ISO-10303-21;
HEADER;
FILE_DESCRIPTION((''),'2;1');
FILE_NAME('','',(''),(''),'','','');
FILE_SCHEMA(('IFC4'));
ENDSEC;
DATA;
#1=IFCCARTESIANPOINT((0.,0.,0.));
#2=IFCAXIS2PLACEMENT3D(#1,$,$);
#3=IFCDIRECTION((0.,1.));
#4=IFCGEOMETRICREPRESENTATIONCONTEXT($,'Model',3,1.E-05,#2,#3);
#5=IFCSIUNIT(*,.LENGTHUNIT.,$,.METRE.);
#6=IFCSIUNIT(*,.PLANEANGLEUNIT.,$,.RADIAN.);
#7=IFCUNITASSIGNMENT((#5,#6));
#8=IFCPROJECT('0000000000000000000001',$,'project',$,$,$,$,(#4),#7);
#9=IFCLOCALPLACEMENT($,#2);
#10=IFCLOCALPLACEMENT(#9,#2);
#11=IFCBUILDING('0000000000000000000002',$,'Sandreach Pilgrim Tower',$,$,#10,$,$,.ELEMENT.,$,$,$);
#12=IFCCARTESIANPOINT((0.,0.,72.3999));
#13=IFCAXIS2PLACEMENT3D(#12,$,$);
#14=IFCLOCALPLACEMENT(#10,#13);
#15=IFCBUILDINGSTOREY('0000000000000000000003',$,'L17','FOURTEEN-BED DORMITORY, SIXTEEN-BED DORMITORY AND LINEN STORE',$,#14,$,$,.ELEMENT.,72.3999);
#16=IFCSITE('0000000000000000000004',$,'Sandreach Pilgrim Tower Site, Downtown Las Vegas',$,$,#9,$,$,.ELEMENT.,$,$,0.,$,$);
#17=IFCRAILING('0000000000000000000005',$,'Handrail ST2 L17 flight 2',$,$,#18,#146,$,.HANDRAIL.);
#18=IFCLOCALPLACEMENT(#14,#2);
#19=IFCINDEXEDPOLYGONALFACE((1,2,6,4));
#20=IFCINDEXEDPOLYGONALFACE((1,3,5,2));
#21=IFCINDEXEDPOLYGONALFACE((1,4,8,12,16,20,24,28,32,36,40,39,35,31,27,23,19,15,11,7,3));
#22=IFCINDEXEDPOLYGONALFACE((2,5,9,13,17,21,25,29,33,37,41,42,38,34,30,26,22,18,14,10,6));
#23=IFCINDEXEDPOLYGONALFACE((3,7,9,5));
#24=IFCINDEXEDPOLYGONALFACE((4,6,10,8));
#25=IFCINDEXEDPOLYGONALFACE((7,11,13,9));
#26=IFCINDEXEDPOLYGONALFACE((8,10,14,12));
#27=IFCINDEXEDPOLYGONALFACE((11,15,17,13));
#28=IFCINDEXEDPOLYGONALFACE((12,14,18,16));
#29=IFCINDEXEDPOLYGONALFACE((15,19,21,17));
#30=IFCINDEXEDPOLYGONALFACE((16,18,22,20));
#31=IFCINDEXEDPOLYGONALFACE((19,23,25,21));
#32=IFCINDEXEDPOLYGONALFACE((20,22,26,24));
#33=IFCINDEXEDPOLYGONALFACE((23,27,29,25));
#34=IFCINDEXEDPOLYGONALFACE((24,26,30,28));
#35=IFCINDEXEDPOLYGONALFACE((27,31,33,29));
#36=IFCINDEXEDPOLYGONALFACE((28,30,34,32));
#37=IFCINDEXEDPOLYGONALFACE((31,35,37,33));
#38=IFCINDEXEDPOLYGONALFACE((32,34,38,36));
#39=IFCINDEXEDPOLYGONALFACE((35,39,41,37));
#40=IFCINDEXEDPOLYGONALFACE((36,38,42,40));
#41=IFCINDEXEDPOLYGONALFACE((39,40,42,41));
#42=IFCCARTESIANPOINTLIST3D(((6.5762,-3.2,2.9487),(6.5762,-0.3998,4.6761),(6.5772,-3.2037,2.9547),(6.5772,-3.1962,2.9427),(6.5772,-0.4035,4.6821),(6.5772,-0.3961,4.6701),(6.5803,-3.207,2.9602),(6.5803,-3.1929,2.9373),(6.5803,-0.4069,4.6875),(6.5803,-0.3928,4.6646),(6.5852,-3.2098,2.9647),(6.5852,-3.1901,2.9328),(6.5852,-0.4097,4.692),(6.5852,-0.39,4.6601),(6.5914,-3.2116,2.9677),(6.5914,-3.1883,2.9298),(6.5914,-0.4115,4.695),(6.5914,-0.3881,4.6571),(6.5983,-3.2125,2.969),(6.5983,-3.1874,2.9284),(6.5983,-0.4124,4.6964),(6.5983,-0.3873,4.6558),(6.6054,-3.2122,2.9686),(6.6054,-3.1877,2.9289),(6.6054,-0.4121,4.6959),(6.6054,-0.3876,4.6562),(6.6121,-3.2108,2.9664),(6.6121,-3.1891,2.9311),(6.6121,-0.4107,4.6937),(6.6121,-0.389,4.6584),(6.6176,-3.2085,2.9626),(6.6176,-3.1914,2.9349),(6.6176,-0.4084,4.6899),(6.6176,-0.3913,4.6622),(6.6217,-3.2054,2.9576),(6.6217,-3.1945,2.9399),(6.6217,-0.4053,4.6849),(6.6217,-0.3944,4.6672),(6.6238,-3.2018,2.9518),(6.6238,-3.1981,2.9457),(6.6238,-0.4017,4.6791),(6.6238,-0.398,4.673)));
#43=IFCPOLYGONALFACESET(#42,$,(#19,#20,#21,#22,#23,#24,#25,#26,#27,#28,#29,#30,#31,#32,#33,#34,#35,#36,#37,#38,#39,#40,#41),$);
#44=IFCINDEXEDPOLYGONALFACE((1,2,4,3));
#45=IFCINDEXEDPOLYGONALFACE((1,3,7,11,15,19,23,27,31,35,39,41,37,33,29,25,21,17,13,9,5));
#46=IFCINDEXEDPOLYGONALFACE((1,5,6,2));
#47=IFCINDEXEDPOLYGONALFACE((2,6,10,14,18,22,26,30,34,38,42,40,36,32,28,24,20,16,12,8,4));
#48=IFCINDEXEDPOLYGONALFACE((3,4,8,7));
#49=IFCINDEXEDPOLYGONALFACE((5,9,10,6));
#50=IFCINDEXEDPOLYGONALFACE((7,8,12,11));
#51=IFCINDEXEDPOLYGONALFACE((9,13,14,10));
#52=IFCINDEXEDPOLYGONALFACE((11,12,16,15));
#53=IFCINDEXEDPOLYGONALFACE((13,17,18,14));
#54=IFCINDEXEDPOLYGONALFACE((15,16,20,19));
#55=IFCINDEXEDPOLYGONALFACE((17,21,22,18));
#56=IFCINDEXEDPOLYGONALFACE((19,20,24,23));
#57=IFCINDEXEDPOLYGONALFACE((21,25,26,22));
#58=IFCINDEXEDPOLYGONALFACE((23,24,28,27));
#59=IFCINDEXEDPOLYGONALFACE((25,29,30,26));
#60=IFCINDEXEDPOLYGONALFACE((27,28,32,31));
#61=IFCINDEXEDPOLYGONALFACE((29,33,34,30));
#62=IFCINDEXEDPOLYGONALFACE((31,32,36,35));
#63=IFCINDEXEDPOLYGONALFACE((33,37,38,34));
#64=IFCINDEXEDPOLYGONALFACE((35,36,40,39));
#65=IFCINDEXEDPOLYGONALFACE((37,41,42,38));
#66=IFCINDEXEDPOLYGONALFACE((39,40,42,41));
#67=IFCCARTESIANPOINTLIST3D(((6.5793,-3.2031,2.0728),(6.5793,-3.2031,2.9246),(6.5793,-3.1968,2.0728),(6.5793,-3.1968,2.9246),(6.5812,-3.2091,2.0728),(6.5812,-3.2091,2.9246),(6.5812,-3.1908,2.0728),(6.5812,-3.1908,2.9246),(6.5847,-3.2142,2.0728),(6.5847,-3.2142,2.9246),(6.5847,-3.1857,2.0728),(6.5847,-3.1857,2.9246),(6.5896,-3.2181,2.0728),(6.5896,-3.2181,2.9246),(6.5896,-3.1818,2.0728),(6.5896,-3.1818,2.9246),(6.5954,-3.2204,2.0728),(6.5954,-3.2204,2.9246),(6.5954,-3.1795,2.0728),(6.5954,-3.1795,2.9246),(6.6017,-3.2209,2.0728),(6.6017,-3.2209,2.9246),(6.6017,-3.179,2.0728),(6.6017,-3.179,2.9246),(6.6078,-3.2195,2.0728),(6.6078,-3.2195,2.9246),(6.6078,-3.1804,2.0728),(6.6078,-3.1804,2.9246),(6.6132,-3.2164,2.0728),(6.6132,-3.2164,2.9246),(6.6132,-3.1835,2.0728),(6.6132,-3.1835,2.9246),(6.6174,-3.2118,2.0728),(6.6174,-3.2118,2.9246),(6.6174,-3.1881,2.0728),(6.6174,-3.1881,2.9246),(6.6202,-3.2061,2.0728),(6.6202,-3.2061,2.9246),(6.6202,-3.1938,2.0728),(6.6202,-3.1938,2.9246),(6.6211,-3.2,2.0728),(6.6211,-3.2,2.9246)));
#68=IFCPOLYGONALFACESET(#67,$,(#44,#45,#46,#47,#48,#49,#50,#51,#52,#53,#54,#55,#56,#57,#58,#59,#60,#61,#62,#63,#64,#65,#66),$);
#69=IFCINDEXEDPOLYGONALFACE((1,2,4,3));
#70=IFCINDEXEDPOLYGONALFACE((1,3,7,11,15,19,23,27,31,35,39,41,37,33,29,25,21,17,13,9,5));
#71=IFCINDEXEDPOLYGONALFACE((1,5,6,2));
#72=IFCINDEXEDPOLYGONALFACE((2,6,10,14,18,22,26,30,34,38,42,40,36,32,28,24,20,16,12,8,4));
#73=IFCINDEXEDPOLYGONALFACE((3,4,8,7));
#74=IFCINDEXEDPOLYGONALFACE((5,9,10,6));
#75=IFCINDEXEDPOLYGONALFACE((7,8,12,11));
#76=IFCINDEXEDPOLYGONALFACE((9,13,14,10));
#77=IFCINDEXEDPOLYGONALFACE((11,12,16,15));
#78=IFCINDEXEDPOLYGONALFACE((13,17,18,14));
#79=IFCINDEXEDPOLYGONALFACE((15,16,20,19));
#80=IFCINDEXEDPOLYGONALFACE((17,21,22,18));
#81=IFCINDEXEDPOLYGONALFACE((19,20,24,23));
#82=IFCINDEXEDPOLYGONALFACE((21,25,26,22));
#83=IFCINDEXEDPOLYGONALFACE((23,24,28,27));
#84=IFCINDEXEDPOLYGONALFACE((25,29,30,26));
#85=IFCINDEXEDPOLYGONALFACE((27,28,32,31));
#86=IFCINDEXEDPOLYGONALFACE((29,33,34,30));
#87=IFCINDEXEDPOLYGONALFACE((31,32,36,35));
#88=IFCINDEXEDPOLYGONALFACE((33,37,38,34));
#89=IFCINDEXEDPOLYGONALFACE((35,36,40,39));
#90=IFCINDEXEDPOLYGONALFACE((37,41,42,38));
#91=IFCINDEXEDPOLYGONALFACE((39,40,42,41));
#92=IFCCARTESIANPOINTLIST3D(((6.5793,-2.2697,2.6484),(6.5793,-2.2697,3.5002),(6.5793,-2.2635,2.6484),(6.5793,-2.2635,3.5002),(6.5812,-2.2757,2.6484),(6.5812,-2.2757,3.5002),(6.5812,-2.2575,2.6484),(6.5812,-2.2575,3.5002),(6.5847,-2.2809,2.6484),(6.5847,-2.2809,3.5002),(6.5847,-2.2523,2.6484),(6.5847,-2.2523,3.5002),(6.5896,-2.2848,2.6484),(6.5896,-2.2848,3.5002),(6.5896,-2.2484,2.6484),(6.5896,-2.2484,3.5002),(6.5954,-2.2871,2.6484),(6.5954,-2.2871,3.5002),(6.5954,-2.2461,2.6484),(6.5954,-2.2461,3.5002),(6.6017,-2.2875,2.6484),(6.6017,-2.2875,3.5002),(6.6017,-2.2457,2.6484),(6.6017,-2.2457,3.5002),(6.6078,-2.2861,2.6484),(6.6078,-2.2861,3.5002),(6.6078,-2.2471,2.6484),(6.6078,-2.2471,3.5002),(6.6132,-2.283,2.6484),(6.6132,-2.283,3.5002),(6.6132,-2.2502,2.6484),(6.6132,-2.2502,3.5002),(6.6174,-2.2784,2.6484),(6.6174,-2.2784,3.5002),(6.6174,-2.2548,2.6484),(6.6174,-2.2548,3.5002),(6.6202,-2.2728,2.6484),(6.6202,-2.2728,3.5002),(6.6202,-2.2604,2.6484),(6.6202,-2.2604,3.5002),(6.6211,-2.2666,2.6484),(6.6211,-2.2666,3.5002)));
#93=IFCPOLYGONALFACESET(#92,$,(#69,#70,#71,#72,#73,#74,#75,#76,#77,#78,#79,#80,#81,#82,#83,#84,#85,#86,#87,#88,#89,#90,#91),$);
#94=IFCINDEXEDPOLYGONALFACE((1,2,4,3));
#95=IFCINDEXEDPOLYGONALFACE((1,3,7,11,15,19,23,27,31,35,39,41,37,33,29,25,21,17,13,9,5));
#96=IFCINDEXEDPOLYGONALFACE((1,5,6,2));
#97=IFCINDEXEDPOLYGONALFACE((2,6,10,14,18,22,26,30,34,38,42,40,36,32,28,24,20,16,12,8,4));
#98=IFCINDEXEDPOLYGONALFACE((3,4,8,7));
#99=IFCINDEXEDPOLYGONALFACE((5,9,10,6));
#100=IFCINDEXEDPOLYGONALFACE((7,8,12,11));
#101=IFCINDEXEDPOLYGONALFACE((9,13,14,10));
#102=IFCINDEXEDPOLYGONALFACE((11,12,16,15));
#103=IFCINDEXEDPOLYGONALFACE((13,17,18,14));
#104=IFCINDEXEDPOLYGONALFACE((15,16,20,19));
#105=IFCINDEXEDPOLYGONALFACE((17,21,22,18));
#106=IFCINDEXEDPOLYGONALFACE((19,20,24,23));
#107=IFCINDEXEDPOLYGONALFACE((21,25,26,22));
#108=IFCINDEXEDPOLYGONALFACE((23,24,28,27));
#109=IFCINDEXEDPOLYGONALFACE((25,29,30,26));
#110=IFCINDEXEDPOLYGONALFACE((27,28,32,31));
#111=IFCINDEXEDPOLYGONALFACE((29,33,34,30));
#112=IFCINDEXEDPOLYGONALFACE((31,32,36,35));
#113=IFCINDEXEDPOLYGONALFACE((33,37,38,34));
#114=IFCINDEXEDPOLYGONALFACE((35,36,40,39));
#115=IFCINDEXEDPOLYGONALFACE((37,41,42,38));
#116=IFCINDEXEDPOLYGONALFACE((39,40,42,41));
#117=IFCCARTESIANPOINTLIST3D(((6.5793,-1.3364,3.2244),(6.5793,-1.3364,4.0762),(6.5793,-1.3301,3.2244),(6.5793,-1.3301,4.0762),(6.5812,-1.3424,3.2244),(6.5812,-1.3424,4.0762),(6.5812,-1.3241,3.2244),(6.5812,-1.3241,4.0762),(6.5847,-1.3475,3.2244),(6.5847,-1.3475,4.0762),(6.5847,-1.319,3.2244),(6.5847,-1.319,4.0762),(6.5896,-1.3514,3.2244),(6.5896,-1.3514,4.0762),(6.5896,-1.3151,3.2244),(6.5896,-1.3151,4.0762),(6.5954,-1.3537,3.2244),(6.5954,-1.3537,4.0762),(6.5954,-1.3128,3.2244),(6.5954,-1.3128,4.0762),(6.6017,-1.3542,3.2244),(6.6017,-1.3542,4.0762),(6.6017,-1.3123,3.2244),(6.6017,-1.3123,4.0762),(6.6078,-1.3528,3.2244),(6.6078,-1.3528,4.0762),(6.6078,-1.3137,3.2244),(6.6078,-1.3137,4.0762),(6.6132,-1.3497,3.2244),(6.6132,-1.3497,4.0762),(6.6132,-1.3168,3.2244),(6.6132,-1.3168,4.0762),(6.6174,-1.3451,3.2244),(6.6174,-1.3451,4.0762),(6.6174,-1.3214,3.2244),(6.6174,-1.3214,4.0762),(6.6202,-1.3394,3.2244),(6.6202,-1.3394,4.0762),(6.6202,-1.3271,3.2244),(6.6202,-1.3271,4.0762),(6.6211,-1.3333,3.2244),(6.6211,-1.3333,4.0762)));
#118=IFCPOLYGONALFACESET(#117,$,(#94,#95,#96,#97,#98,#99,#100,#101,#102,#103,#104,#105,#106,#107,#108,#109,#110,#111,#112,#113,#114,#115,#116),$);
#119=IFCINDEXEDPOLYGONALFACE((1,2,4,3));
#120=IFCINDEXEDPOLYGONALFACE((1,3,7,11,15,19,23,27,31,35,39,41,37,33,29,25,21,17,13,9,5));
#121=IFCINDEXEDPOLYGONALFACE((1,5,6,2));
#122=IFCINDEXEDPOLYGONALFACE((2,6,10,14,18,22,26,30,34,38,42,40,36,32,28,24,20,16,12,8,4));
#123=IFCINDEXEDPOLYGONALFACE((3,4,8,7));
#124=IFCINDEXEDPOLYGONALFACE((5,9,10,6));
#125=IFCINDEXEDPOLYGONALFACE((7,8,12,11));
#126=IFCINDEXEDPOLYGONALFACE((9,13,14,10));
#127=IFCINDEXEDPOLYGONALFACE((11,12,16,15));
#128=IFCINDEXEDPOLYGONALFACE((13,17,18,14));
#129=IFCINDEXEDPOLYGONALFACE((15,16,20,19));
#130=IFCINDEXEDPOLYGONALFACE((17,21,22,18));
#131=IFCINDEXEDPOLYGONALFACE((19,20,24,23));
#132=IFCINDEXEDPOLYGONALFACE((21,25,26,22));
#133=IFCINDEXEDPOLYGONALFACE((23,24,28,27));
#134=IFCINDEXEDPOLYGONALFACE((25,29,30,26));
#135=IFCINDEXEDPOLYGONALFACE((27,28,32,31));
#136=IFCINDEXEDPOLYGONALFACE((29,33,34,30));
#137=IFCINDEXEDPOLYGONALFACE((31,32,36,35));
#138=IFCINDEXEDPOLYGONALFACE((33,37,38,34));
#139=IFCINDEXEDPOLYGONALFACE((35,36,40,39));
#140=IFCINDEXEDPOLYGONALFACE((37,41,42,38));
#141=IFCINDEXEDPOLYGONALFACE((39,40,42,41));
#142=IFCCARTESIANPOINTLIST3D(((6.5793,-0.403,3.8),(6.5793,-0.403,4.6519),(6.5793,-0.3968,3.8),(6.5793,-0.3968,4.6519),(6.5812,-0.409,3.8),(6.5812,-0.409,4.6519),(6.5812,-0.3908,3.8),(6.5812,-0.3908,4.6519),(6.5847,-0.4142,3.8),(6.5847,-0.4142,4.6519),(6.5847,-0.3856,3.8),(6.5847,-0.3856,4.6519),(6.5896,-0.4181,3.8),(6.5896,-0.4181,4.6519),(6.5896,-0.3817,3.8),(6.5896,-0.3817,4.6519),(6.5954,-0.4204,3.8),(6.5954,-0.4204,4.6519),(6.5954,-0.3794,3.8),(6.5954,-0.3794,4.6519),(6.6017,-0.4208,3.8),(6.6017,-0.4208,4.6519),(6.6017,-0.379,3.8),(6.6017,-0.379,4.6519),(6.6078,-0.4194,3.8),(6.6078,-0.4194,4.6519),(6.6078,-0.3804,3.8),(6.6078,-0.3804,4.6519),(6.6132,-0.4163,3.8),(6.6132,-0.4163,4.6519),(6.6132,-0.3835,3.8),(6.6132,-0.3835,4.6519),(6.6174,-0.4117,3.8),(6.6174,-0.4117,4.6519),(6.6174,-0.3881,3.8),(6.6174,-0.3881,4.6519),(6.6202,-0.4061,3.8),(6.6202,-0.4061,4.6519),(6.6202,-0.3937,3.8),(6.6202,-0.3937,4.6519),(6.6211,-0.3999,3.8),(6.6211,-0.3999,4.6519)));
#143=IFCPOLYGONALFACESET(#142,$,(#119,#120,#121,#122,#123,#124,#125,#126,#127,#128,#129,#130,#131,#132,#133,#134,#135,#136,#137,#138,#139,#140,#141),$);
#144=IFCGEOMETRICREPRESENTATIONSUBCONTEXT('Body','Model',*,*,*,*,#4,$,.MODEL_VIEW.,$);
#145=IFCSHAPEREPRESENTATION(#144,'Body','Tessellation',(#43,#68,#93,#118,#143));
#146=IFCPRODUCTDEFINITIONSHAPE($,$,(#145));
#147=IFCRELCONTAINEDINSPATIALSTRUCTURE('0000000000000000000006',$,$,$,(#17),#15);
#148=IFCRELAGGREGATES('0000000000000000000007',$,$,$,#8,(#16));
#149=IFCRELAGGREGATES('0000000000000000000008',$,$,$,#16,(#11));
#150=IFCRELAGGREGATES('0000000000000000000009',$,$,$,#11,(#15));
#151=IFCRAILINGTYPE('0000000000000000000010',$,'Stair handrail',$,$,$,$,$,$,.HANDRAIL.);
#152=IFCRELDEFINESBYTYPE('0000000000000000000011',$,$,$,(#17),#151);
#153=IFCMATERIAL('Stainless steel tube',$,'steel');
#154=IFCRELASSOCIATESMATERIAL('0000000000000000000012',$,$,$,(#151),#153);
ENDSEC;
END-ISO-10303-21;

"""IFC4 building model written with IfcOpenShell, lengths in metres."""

from ifc_helpers import new_model, si_unit, direction, frame, origin, origin_2d, place, context, subcontext, project, spatial, circle, extrude, material, type_object, element, save


model = new_model("IFC4")

# Units and contexts
model_context = context("Model", 3, precision=1e-05, world=origin(), true_north=direction((0.0, 1.0)))
body_context = subcontext(model_context, "Body", "Model", "MODEL_VIEW")
ifc_project = project(units=[si_unit("LENGTHUNIT", "METRE"), si_unit("PLANEANGLEUNIT", "RADIAN")], contexts=[model_context])

# Site, building, storey
site_placement = place(None, origin())
site = spatial("IfcSite", under=ifc_project, at=site_placement, Name="Sandreach Pilgrim Tower Site, Downtown Las Vegas", CompositionType="ELEMENT", RefElevation=0.0)
building_placement = place(site_placement, origin())
building = spatial("IfcBuilding", under=site, at=building_placement, Name="Sandreach Pilgrim Tower", CompositionType="ELEMENT")
storey_placement = place(building_placement, frame((0.0, 0.0, 72.3999)))
storey = spatial("IfcBuildingStorey", under=building, at=storey_placement, Name="L17", Description="FOURTEEN-BED DORMITORY, SIXTEEN-BED DORMITORY AND LINEN STORE", CompositionType="ELEMENT", Elevation=72.3999)

# Railing
ifc_material_1 = material(Name="Stainless steel tube", Category="steel")
railing_type = type_object("IfcRailingType", Name="Stair handrail", PredefinedType="HANDRAIL", material=ifc_material_1)
for number, where, name in (
    (1, (6.6001, -3.2, 2.0728), "Handrail ST2 L17 flight 2"),
):
    element("IfcRailing", number, at=place(storey_placement, frame(where)), inside=storey, type_object=railing_type, Name=name, PredefinedType="HANDRAIL", context=body_context, shape_type="SweptSolid", body=[
        extrude(circle(Radius=0.0239, at=origin_2d()), frame((0.0, 0.0, 0.876), z_axis=(0.0, 0.85109, 0.52502), x_axis=(-1.0, 0.0, 0.0)), (0.0, 0.0, 1.0), 3.29),
        extrude(circle(Radius=0.021, at=origin_2d()), origin(), (0.0, 0.0, 1.0), 0.8518),
        extrude(circle(Radius=0.021, at=origin_2d()), frame((0.0, 0.9333, 0.5757)), (0.0, 0.0, 1.0), 0.8518),
        extrude(circle(Radius=0.021, at=origin_2d()), frame((0.0, 1.8667, 1.1516)), (0.0, 0.0, 1.0), 0.8518),
        extrude(circle(Radius=0.021, at=origin_2d()), frame((0.0, 2.8, 1.7273)), (0.0, 0.0, 1.0), 0.8518),
    ])

save(model, "model.ifc")
